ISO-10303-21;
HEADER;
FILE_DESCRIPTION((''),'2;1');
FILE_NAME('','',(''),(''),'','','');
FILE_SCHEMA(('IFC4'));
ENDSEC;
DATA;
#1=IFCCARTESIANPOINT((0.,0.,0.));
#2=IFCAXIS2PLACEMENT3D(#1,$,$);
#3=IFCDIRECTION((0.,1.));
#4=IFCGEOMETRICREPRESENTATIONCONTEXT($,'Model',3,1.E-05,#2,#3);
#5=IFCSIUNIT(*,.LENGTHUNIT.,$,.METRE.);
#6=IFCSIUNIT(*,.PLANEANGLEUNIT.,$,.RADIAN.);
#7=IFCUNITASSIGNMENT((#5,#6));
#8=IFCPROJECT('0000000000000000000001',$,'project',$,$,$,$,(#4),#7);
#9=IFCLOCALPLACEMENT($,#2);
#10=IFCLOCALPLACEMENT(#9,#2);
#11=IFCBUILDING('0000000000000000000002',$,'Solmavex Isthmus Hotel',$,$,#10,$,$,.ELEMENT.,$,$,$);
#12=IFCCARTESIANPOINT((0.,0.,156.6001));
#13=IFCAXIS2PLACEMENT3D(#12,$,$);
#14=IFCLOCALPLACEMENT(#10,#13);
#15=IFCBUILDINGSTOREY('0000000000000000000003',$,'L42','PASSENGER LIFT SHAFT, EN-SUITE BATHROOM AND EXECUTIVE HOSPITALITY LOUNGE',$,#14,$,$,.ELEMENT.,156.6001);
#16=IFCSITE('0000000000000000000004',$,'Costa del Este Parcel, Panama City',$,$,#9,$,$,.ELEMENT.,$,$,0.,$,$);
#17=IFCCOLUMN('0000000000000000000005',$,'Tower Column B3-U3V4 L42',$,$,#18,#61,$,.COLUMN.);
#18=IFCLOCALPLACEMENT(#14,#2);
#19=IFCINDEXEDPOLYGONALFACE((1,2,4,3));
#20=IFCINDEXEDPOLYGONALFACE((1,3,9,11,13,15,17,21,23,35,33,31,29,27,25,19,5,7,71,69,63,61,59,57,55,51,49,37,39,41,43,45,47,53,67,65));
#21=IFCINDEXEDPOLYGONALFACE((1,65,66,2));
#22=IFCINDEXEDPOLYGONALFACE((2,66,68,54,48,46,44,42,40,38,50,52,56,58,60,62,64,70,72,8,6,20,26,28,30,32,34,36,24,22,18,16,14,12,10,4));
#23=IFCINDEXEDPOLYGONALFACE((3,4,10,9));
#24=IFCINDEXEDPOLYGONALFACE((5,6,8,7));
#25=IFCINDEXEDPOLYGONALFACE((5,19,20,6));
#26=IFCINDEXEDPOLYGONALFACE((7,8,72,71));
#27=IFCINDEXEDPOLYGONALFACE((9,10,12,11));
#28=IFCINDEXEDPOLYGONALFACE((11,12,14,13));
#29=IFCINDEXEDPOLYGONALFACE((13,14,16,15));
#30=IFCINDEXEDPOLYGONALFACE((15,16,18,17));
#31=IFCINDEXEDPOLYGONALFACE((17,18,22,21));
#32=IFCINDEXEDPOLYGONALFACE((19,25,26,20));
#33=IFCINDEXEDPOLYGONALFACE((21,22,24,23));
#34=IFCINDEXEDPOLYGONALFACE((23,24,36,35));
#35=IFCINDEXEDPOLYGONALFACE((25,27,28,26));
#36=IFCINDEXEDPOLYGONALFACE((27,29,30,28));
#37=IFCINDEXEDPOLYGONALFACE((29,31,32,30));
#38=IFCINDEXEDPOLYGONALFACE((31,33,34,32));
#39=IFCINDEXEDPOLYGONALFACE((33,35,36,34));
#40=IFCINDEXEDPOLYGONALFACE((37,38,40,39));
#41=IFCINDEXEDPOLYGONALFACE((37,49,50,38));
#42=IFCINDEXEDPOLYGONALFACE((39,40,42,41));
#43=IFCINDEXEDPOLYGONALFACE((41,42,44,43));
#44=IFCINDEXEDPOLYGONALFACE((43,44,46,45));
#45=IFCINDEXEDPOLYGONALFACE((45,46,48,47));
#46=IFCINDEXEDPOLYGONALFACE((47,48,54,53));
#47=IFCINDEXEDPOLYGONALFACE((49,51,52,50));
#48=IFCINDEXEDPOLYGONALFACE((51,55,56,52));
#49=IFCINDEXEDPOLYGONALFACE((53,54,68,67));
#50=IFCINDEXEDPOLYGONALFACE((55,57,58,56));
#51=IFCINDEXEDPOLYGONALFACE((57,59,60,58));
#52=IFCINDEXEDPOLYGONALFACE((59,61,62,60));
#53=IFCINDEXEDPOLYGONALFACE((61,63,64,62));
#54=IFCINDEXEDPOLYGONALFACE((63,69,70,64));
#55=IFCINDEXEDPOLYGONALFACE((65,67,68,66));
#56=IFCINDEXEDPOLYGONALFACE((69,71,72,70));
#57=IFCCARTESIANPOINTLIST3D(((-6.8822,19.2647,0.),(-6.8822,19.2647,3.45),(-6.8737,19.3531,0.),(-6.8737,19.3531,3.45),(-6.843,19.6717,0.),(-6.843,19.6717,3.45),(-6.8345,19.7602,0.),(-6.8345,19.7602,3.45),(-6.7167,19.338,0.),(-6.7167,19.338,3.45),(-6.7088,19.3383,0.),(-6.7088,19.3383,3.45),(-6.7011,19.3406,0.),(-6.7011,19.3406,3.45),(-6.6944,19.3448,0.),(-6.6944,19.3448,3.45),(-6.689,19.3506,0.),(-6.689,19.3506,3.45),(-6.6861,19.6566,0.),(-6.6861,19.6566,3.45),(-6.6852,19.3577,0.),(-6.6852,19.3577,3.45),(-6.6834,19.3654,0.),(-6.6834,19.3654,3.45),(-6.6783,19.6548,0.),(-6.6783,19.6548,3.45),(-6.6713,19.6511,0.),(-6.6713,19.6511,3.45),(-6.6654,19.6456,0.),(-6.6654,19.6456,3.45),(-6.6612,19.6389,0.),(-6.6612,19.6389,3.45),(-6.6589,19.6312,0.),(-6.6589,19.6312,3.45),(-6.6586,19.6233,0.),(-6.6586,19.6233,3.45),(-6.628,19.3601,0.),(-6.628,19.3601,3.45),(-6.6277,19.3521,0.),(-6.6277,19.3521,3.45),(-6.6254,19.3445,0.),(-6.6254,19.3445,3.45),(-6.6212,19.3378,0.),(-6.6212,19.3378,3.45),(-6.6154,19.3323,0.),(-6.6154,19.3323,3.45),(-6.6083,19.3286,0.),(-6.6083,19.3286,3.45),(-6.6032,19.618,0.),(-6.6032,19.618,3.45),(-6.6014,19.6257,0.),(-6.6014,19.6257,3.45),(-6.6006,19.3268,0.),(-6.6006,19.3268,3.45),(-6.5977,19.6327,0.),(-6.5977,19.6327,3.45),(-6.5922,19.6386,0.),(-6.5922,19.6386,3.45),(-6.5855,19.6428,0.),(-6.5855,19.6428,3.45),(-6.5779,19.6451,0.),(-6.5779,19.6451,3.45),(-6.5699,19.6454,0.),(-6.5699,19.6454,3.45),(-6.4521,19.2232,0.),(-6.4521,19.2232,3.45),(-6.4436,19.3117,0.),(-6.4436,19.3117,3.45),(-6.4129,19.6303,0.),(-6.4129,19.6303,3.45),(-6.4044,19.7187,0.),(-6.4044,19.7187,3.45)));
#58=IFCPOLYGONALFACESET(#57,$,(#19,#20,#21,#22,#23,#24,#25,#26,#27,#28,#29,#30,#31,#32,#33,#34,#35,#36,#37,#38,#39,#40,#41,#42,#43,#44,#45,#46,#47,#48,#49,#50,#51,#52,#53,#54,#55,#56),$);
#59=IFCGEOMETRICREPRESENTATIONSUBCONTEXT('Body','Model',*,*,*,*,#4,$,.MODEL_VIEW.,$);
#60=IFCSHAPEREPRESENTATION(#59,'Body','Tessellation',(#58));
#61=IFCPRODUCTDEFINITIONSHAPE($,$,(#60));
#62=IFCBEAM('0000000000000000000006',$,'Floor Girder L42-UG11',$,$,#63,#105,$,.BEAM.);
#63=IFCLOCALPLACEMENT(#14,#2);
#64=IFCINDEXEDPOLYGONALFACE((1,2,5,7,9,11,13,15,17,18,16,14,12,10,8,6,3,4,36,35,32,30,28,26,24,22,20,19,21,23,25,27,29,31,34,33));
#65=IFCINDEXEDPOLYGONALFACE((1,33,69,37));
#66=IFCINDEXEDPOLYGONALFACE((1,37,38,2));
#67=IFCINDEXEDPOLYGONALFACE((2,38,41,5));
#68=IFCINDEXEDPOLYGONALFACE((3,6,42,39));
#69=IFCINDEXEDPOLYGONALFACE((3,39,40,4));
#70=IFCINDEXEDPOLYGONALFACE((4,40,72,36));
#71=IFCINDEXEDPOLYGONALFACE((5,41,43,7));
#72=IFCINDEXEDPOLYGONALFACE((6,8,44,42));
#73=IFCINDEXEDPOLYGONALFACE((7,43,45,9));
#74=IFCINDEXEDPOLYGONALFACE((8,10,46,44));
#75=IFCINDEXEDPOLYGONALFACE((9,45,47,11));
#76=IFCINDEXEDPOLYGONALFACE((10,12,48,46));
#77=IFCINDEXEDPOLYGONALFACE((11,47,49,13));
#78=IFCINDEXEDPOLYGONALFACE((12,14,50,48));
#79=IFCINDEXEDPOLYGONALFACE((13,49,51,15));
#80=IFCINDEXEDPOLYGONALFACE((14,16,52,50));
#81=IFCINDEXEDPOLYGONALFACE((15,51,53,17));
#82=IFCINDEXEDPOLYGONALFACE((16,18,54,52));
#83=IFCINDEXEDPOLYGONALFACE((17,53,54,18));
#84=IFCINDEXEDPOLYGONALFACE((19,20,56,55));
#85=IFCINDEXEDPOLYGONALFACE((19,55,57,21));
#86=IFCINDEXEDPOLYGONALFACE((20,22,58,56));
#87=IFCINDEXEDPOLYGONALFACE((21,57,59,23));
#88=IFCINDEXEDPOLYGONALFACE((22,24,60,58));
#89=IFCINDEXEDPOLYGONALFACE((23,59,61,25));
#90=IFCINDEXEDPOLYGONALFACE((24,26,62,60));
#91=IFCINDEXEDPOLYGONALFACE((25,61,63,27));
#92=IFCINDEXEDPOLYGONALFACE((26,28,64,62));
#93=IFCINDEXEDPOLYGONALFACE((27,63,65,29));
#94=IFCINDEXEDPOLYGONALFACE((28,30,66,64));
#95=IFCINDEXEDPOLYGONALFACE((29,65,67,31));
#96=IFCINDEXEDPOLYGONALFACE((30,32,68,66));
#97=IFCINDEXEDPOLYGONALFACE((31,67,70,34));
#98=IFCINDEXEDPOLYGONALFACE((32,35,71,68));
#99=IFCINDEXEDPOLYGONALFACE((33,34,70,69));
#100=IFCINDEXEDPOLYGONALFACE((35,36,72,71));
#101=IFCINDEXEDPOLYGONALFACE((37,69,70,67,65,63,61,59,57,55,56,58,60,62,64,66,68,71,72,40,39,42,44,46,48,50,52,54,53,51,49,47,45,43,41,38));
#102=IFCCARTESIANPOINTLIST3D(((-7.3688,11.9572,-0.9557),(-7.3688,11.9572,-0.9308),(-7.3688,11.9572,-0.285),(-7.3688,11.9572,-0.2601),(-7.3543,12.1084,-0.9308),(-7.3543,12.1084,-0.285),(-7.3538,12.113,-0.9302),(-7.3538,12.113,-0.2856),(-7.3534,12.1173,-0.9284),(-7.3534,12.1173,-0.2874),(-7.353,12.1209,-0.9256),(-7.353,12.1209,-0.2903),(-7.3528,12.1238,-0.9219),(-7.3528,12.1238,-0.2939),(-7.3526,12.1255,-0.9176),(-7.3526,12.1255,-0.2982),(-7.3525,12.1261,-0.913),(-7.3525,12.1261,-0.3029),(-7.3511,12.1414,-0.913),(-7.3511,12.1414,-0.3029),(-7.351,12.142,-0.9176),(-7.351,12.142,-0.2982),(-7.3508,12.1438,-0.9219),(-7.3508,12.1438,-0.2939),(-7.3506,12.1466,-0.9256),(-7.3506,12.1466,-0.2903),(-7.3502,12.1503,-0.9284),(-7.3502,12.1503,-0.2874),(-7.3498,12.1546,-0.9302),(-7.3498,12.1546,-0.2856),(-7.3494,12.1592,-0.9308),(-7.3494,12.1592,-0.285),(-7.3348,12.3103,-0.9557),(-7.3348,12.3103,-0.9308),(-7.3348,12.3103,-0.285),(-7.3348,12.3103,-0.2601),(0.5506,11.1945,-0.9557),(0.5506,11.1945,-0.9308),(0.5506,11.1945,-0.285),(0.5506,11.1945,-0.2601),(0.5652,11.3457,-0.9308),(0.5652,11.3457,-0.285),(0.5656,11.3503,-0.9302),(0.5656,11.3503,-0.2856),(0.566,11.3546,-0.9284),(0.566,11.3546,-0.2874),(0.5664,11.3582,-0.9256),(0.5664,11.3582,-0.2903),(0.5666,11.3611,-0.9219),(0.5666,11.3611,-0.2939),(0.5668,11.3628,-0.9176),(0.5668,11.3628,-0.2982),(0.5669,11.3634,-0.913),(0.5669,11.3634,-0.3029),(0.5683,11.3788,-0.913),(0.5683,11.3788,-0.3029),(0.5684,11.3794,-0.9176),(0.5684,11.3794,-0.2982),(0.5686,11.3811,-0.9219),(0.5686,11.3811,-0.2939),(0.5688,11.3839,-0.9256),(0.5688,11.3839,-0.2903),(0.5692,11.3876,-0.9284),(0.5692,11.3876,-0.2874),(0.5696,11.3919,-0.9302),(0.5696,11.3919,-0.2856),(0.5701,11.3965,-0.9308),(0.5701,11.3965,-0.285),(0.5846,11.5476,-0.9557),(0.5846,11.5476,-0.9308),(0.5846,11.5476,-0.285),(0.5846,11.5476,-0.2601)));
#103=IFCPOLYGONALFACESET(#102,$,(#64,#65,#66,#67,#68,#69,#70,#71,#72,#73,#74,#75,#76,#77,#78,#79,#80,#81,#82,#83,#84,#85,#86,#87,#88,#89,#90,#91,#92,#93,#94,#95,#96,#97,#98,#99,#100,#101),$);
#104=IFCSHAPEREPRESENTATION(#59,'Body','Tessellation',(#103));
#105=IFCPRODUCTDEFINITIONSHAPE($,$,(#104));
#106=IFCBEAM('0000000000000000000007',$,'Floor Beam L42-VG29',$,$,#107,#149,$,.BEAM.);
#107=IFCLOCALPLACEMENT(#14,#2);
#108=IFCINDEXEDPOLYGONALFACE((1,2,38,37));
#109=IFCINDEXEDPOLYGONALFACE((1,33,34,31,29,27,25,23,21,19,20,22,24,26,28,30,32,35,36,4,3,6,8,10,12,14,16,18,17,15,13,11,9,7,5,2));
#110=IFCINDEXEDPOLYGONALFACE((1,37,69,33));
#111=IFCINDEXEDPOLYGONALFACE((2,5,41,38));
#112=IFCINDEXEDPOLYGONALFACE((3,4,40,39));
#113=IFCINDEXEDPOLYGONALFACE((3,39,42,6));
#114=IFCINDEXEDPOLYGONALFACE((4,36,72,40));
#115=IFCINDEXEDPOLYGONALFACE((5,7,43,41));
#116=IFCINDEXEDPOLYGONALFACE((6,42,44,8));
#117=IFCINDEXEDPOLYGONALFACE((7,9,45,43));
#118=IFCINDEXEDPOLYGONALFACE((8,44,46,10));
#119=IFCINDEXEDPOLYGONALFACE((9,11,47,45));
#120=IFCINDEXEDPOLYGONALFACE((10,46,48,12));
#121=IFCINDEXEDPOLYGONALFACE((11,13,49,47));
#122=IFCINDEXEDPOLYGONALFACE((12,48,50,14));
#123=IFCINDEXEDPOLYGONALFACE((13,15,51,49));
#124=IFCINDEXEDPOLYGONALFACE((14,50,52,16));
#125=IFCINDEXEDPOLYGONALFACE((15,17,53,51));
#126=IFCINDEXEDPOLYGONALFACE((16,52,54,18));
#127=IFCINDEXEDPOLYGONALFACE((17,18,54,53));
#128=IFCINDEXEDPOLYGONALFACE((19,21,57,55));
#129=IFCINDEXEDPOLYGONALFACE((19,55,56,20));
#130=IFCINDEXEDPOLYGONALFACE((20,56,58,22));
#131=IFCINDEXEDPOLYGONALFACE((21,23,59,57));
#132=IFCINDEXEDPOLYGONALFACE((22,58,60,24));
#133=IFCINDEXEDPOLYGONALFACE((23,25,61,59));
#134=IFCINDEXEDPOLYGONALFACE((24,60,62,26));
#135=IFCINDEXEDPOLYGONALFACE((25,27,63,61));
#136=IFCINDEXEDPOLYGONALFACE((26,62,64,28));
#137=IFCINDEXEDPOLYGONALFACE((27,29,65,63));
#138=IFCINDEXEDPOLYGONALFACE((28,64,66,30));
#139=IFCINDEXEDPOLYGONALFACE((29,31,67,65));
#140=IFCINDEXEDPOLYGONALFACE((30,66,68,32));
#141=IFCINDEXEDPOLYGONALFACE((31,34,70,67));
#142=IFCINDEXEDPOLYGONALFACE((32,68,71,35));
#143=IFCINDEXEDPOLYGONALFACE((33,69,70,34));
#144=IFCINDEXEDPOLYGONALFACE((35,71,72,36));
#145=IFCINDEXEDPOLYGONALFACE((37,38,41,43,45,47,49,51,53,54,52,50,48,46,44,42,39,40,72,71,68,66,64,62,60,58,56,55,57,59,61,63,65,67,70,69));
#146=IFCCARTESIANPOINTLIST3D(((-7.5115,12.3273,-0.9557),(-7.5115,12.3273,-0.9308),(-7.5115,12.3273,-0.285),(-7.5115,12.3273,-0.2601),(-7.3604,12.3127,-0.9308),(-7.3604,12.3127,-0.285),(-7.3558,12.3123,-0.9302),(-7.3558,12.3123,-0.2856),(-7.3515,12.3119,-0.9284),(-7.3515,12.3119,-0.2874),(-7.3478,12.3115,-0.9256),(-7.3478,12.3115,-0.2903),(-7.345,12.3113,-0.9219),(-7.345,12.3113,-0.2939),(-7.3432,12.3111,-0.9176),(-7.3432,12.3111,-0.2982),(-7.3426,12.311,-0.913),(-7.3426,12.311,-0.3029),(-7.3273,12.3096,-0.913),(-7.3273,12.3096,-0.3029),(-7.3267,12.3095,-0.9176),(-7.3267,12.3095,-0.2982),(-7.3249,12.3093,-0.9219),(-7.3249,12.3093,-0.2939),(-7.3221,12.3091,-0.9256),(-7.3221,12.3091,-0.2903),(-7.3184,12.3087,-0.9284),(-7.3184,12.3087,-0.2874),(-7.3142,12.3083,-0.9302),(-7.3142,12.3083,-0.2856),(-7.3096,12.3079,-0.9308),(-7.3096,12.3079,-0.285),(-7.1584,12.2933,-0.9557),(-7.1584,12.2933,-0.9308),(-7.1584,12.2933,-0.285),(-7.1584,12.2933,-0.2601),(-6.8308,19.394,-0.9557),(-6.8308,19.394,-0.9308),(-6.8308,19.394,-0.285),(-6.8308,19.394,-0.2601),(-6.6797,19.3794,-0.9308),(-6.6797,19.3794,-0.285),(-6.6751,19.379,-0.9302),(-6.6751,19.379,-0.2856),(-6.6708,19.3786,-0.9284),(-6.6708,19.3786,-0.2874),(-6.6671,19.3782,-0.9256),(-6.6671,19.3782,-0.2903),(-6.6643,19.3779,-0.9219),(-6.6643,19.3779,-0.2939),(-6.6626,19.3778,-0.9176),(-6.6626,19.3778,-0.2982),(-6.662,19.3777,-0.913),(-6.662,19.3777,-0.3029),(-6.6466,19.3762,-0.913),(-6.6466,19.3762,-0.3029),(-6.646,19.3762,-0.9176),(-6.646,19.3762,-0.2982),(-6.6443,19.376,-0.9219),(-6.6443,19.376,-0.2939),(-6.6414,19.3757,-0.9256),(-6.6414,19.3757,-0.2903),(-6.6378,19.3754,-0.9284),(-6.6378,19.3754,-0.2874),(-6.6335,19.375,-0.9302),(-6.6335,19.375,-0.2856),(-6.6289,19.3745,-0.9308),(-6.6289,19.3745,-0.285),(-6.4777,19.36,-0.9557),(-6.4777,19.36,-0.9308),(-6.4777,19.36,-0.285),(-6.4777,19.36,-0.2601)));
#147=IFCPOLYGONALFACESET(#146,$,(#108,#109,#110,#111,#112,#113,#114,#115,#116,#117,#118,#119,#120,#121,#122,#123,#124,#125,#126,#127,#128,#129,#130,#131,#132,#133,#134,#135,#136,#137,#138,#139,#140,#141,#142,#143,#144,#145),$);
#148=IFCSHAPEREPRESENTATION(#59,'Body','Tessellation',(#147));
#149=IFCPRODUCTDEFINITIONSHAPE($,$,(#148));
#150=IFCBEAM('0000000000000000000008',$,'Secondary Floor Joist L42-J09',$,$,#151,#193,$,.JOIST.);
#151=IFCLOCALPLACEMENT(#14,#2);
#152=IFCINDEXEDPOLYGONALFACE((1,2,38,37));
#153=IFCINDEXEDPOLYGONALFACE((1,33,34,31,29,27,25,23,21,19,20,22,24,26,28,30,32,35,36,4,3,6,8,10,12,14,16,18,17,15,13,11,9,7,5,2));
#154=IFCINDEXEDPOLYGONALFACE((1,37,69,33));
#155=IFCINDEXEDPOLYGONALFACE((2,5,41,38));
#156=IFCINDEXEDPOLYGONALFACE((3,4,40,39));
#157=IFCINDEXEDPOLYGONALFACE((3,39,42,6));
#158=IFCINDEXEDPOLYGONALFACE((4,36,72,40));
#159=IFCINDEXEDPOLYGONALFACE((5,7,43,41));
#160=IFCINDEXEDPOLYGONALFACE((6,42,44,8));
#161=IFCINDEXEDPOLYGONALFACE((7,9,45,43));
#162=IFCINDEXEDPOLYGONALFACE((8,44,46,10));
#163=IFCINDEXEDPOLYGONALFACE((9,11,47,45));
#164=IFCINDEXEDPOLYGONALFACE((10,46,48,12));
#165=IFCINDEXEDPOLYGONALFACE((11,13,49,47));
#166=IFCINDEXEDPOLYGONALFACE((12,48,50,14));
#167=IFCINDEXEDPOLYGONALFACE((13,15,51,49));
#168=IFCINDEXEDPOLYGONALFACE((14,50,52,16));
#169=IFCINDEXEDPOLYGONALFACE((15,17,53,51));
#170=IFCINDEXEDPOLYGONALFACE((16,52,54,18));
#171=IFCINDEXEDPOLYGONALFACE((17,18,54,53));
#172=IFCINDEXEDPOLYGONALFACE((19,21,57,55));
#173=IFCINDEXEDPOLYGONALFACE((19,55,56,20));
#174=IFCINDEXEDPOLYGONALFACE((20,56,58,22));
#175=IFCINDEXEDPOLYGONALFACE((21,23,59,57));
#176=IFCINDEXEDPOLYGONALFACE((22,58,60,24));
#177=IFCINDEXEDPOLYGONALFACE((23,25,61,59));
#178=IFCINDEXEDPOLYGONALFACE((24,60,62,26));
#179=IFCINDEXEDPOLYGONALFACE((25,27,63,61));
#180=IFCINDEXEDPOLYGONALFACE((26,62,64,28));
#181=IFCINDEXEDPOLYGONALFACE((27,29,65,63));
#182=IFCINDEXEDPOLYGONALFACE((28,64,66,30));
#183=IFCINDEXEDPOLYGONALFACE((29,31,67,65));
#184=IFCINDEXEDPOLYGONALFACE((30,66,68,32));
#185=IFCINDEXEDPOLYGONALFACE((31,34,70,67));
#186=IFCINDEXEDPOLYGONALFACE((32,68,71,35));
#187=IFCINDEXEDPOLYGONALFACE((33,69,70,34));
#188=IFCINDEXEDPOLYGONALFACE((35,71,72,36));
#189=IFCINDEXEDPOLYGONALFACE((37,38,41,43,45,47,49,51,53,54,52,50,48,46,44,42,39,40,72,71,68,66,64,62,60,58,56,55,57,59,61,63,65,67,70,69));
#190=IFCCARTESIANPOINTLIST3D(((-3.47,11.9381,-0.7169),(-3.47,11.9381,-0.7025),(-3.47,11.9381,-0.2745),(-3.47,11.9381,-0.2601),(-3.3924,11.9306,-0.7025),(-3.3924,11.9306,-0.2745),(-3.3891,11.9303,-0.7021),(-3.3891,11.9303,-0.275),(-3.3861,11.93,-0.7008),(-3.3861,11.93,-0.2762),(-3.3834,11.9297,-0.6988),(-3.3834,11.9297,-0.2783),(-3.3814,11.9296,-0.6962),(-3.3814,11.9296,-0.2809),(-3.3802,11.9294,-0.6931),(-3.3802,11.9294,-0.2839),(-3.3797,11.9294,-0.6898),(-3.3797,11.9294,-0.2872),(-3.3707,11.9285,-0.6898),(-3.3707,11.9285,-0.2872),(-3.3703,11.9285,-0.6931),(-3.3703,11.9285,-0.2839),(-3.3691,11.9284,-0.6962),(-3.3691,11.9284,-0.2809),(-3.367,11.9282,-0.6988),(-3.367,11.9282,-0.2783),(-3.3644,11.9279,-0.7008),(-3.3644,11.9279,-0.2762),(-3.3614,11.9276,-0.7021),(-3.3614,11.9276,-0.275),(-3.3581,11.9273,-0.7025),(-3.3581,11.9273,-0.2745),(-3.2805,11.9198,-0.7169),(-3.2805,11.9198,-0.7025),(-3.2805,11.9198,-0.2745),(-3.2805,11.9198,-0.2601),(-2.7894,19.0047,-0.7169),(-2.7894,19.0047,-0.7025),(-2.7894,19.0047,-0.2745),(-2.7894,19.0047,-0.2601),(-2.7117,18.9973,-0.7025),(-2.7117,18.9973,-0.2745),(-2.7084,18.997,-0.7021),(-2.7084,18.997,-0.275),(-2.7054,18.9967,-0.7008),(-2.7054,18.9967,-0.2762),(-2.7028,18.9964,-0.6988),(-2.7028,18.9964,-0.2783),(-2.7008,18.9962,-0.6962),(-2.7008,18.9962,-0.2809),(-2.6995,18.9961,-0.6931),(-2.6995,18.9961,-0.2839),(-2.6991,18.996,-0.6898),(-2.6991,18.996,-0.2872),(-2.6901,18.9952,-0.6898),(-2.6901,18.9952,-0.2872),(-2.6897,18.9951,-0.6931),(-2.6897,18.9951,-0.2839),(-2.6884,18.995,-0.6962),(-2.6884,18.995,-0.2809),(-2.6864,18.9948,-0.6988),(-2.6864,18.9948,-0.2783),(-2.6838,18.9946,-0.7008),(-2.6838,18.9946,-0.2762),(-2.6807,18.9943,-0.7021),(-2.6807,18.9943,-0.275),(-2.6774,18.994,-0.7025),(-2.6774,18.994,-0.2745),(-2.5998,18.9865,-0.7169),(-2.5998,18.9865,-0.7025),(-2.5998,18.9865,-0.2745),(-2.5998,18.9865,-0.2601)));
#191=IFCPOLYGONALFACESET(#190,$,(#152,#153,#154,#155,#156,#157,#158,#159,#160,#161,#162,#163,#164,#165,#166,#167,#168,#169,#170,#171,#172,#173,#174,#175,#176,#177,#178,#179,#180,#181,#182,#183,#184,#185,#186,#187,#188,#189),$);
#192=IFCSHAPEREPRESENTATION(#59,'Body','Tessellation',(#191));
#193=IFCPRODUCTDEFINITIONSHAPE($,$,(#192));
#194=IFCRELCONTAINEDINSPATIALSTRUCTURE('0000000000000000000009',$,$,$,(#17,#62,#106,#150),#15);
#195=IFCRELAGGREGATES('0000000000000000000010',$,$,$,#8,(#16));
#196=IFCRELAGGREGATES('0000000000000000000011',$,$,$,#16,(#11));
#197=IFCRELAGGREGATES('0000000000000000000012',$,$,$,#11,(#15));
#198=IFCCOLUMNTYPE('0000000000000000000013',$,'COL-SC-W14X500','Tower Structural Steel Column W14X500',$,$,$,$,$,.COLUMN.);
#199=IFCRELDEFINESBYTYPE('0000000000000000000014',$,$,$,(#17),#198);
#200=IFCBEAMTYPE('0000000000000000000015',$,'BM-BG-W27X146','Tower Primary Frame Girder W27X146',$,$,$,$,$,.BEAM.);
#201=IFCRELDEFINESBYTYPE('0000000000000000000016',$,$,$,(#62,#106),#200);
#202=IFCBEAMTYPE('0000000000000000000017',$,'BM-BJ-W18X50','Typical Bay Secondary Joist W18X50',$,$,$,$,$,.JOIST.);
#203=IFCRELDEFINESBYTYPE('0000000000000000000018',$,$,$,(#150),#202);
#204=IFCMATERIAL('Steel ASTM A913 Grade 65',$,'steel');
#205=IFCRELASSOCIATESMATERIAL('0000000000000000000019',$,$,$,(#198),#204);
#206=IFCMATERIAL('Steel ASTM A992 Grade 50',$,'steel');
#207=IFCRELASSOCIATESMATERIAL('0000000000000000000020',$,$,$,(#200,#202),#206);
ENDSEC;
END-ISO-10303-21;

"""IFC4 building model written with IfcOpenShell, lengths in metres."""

from ifc_helpers import new_model, si_unit, direction, frame, origin, origin_2d, place, context, subcontext, project, spatial, i_section, extrude, material, material_profile, profile_set, type_object, element, save


model = new_model("IFC4")

# Units and contexts
model_context = context("Model", 3, precision=1e-05, world=origin(), true_north=direction((0.0, 1.0)))
body_context = subcontext(model_context, "Body", "Model", "MODEL_VIEW")
ifc_project = project(units=[si_unit("LENGTHUNIT", "METRE"), si_unit("PLANEANGLEUNIT", "RADIAN")], contexts=[model_context])

# Site, building, storey
site_placement = place(None, origin())
site = spatial("IfcSite", under=ifc_project, at=site_placement, Name="Costa del Este Parcel, Panama City", CompositionType="ELEMENT", RefElevation=0.0)
building_placement = place(site_placement, origin())
building = spatial("IfcBuilding", under=site, at=building_placement, Name="Solmavex Isthmus Hotel", CompositionType="ELEMENT")
storey_placement = place(building_placement, frame((0.0, 0.0, 156.6001)))
storey = spatial("IfcBuildingStorey", under=building, at=storey_placement, Name="L42", Description="PASSENGER LIFT SHAFT, EN-SUITE BATHROOM AND EXECUTIVE HOSPITALITY LOUNGE", CompositionType="ELEMENT", Elevation=156.6001)

# Column
ifc_material_1 = material(Name="Steel ASTM A913 Grade 65", Category="steel")
ifc_material_profile_1 = material_profile(ifc_material_1, i_section(OverallWidth=0.4321, OverallDepth=0.4978, WebThickness=0.0557, FlangeThickness=0.0889, FilletRadius=0.0305, at=origin_2d()), Name="W14X500")
ifc_profile_set_1 = profile_set([ifc_material_profile_1], Name="Steel ASTM A913 Grade 65")
column_type = type_object("IfcColumnType", Name="COL-SC-W14X500", Description="Tower Structural Steel Column W14X500", PredefinedType="COLUMN", material=ifc_profile_set_1)
column_placement = place(storey_placement, frame((-6.6433, 19.4917, 0.0), z_axis=(0.0, 0.0, 1.0), x_axis=(0.995396, -0.095846, 0.0)))
element("IfcColumn", 1, at=column_placement, inside=storey, type_object=column_type, Name="Tower Column B3-U3V4 L42", PredefinedType="COLUMN", context=body_context, shape_type="SweptSolid", body=[
    extrude(i_section(OverallWidth=0.4321, OverallDepth=0.4978, WebThickness=0.0557, FlangeThickness=0.0889, FilletRadius=0.0305, at=origin_2d()), origin(), (0.0, 0.0, 1.0), 3.45),
])

# Beams
ifc_material_2 = material(Name="Steel ASTM A992 Grade 50", Category="steel")
ifc_material_profile_2 = material_profile(ifc_material_2, i_section(OverallWidth=0.3547, OverallDepth=0.6956, WebThickness=0.0154, FlangeThickness=0.0249, FilletRadius=0.0178, at=origin_2d()), Name="W27X146")
ifc_profile_set_2 = profile_set([ifc_material_profile_2], Name="Steel ASTM A992 Grade 50")
beam_type_1 = type_object("IfcBeamType", Name="BM-BG-W27X146", Description="Tower Primary Frame Girder W27X146", PredefinedType="BEAM", material=ifc_profile_set_2)
beam_1_placement = place(storey_placement, frame((-7.3518, 12.1338, -0.6079), z_axis=(0.995395, -0.095863, 0.0), x_axis=(0.095863, 0.995395, 0.0)))
element("IfcBeam", 2, at=beam_1_placement, inside=storey, type_object=beam_type_1, Name="Floor Girder L42-UG11", PredefinedType="BEAM", context=body_context, shape_type="SweptSolid", body=[
    extrude(i_section(OverallWidth=0.3547, OverallDepth=0.6956, WebThickness=0.0154, FlangeThickness=0.0249, FilletRadius=0.0178, at=origin_2d()), origin(), (0.0, 0.0, 1.0), 7.9561),
])
beam_2_placement = place(storey_placement, frame((-7.335, 12.3103, -0.6079), z_axis=(0.095877, 0.995393, 0.0), x_axis=(-0.995393, 0.095877, 0.0)))
element("IfcBeam", 3, at=beam_2_placement, inside=storey, type_object=beam_type_1, Name="Floor Beam L42-VG29", PredefinedType="BEAM", context=body_context, shape_type="SweptSolid", body=[
    extrude(i_section(OverallWidth=0.3547, OverallDepth=0.6956, WebThickness=0.0154, FlangeThickness=0.0249, FilletRadius=0.0178, at=origin_2d()), origin(), (0.0, 0.0, 1.0), 7.0994),
])
ifc_material_profile_3 = material_profile(ifc_material_2, i_section(OverallWidth=0.1904, OverallDepth=0.4568, WebThickness=0.009, FlangeThickness=0.0144, FilletRadius=0.0127, at=origin_2d()), Name="W18X50")
ifc_profile_set_3 = profile_set([ifc_material_profile_3], Name="Steel ASTM A992 Grade 50")
beam_type_2 = type_object("IfcBeamType", Name="BM-BJ-W18X50", Description="Typical Bay Secondary Joist W18X50", PredefinedType="JOIST", material=ifc_profile_set_3)
beam_3_placement = place(storey_placement, frame((-3.3752, 11.929, -0.4885), z_axis=(0.095877, 0.995393, 0.0), x_axis=(-0.995393, 0.095877, 0.0)))
element("IfcBeam", 4, at=beam_3_placement, inside=storey, type_object=beam_type_2, Name="Secondary Floor Joist L42-J09", PredefinedType="JOIST", context=body_context, shape_type="SweptSolid", body=[
    extrude(i_section(OverallWidth=0.1904, OverallDepth=0.4568, WebThickness=0.009, FlangeThickness=0.0144, FilletRadius=0.0127, at=origin_2d()), origin(), (0.0, 0.0, 1.0), 7.0994),
])

save(model, "model.ifc")
